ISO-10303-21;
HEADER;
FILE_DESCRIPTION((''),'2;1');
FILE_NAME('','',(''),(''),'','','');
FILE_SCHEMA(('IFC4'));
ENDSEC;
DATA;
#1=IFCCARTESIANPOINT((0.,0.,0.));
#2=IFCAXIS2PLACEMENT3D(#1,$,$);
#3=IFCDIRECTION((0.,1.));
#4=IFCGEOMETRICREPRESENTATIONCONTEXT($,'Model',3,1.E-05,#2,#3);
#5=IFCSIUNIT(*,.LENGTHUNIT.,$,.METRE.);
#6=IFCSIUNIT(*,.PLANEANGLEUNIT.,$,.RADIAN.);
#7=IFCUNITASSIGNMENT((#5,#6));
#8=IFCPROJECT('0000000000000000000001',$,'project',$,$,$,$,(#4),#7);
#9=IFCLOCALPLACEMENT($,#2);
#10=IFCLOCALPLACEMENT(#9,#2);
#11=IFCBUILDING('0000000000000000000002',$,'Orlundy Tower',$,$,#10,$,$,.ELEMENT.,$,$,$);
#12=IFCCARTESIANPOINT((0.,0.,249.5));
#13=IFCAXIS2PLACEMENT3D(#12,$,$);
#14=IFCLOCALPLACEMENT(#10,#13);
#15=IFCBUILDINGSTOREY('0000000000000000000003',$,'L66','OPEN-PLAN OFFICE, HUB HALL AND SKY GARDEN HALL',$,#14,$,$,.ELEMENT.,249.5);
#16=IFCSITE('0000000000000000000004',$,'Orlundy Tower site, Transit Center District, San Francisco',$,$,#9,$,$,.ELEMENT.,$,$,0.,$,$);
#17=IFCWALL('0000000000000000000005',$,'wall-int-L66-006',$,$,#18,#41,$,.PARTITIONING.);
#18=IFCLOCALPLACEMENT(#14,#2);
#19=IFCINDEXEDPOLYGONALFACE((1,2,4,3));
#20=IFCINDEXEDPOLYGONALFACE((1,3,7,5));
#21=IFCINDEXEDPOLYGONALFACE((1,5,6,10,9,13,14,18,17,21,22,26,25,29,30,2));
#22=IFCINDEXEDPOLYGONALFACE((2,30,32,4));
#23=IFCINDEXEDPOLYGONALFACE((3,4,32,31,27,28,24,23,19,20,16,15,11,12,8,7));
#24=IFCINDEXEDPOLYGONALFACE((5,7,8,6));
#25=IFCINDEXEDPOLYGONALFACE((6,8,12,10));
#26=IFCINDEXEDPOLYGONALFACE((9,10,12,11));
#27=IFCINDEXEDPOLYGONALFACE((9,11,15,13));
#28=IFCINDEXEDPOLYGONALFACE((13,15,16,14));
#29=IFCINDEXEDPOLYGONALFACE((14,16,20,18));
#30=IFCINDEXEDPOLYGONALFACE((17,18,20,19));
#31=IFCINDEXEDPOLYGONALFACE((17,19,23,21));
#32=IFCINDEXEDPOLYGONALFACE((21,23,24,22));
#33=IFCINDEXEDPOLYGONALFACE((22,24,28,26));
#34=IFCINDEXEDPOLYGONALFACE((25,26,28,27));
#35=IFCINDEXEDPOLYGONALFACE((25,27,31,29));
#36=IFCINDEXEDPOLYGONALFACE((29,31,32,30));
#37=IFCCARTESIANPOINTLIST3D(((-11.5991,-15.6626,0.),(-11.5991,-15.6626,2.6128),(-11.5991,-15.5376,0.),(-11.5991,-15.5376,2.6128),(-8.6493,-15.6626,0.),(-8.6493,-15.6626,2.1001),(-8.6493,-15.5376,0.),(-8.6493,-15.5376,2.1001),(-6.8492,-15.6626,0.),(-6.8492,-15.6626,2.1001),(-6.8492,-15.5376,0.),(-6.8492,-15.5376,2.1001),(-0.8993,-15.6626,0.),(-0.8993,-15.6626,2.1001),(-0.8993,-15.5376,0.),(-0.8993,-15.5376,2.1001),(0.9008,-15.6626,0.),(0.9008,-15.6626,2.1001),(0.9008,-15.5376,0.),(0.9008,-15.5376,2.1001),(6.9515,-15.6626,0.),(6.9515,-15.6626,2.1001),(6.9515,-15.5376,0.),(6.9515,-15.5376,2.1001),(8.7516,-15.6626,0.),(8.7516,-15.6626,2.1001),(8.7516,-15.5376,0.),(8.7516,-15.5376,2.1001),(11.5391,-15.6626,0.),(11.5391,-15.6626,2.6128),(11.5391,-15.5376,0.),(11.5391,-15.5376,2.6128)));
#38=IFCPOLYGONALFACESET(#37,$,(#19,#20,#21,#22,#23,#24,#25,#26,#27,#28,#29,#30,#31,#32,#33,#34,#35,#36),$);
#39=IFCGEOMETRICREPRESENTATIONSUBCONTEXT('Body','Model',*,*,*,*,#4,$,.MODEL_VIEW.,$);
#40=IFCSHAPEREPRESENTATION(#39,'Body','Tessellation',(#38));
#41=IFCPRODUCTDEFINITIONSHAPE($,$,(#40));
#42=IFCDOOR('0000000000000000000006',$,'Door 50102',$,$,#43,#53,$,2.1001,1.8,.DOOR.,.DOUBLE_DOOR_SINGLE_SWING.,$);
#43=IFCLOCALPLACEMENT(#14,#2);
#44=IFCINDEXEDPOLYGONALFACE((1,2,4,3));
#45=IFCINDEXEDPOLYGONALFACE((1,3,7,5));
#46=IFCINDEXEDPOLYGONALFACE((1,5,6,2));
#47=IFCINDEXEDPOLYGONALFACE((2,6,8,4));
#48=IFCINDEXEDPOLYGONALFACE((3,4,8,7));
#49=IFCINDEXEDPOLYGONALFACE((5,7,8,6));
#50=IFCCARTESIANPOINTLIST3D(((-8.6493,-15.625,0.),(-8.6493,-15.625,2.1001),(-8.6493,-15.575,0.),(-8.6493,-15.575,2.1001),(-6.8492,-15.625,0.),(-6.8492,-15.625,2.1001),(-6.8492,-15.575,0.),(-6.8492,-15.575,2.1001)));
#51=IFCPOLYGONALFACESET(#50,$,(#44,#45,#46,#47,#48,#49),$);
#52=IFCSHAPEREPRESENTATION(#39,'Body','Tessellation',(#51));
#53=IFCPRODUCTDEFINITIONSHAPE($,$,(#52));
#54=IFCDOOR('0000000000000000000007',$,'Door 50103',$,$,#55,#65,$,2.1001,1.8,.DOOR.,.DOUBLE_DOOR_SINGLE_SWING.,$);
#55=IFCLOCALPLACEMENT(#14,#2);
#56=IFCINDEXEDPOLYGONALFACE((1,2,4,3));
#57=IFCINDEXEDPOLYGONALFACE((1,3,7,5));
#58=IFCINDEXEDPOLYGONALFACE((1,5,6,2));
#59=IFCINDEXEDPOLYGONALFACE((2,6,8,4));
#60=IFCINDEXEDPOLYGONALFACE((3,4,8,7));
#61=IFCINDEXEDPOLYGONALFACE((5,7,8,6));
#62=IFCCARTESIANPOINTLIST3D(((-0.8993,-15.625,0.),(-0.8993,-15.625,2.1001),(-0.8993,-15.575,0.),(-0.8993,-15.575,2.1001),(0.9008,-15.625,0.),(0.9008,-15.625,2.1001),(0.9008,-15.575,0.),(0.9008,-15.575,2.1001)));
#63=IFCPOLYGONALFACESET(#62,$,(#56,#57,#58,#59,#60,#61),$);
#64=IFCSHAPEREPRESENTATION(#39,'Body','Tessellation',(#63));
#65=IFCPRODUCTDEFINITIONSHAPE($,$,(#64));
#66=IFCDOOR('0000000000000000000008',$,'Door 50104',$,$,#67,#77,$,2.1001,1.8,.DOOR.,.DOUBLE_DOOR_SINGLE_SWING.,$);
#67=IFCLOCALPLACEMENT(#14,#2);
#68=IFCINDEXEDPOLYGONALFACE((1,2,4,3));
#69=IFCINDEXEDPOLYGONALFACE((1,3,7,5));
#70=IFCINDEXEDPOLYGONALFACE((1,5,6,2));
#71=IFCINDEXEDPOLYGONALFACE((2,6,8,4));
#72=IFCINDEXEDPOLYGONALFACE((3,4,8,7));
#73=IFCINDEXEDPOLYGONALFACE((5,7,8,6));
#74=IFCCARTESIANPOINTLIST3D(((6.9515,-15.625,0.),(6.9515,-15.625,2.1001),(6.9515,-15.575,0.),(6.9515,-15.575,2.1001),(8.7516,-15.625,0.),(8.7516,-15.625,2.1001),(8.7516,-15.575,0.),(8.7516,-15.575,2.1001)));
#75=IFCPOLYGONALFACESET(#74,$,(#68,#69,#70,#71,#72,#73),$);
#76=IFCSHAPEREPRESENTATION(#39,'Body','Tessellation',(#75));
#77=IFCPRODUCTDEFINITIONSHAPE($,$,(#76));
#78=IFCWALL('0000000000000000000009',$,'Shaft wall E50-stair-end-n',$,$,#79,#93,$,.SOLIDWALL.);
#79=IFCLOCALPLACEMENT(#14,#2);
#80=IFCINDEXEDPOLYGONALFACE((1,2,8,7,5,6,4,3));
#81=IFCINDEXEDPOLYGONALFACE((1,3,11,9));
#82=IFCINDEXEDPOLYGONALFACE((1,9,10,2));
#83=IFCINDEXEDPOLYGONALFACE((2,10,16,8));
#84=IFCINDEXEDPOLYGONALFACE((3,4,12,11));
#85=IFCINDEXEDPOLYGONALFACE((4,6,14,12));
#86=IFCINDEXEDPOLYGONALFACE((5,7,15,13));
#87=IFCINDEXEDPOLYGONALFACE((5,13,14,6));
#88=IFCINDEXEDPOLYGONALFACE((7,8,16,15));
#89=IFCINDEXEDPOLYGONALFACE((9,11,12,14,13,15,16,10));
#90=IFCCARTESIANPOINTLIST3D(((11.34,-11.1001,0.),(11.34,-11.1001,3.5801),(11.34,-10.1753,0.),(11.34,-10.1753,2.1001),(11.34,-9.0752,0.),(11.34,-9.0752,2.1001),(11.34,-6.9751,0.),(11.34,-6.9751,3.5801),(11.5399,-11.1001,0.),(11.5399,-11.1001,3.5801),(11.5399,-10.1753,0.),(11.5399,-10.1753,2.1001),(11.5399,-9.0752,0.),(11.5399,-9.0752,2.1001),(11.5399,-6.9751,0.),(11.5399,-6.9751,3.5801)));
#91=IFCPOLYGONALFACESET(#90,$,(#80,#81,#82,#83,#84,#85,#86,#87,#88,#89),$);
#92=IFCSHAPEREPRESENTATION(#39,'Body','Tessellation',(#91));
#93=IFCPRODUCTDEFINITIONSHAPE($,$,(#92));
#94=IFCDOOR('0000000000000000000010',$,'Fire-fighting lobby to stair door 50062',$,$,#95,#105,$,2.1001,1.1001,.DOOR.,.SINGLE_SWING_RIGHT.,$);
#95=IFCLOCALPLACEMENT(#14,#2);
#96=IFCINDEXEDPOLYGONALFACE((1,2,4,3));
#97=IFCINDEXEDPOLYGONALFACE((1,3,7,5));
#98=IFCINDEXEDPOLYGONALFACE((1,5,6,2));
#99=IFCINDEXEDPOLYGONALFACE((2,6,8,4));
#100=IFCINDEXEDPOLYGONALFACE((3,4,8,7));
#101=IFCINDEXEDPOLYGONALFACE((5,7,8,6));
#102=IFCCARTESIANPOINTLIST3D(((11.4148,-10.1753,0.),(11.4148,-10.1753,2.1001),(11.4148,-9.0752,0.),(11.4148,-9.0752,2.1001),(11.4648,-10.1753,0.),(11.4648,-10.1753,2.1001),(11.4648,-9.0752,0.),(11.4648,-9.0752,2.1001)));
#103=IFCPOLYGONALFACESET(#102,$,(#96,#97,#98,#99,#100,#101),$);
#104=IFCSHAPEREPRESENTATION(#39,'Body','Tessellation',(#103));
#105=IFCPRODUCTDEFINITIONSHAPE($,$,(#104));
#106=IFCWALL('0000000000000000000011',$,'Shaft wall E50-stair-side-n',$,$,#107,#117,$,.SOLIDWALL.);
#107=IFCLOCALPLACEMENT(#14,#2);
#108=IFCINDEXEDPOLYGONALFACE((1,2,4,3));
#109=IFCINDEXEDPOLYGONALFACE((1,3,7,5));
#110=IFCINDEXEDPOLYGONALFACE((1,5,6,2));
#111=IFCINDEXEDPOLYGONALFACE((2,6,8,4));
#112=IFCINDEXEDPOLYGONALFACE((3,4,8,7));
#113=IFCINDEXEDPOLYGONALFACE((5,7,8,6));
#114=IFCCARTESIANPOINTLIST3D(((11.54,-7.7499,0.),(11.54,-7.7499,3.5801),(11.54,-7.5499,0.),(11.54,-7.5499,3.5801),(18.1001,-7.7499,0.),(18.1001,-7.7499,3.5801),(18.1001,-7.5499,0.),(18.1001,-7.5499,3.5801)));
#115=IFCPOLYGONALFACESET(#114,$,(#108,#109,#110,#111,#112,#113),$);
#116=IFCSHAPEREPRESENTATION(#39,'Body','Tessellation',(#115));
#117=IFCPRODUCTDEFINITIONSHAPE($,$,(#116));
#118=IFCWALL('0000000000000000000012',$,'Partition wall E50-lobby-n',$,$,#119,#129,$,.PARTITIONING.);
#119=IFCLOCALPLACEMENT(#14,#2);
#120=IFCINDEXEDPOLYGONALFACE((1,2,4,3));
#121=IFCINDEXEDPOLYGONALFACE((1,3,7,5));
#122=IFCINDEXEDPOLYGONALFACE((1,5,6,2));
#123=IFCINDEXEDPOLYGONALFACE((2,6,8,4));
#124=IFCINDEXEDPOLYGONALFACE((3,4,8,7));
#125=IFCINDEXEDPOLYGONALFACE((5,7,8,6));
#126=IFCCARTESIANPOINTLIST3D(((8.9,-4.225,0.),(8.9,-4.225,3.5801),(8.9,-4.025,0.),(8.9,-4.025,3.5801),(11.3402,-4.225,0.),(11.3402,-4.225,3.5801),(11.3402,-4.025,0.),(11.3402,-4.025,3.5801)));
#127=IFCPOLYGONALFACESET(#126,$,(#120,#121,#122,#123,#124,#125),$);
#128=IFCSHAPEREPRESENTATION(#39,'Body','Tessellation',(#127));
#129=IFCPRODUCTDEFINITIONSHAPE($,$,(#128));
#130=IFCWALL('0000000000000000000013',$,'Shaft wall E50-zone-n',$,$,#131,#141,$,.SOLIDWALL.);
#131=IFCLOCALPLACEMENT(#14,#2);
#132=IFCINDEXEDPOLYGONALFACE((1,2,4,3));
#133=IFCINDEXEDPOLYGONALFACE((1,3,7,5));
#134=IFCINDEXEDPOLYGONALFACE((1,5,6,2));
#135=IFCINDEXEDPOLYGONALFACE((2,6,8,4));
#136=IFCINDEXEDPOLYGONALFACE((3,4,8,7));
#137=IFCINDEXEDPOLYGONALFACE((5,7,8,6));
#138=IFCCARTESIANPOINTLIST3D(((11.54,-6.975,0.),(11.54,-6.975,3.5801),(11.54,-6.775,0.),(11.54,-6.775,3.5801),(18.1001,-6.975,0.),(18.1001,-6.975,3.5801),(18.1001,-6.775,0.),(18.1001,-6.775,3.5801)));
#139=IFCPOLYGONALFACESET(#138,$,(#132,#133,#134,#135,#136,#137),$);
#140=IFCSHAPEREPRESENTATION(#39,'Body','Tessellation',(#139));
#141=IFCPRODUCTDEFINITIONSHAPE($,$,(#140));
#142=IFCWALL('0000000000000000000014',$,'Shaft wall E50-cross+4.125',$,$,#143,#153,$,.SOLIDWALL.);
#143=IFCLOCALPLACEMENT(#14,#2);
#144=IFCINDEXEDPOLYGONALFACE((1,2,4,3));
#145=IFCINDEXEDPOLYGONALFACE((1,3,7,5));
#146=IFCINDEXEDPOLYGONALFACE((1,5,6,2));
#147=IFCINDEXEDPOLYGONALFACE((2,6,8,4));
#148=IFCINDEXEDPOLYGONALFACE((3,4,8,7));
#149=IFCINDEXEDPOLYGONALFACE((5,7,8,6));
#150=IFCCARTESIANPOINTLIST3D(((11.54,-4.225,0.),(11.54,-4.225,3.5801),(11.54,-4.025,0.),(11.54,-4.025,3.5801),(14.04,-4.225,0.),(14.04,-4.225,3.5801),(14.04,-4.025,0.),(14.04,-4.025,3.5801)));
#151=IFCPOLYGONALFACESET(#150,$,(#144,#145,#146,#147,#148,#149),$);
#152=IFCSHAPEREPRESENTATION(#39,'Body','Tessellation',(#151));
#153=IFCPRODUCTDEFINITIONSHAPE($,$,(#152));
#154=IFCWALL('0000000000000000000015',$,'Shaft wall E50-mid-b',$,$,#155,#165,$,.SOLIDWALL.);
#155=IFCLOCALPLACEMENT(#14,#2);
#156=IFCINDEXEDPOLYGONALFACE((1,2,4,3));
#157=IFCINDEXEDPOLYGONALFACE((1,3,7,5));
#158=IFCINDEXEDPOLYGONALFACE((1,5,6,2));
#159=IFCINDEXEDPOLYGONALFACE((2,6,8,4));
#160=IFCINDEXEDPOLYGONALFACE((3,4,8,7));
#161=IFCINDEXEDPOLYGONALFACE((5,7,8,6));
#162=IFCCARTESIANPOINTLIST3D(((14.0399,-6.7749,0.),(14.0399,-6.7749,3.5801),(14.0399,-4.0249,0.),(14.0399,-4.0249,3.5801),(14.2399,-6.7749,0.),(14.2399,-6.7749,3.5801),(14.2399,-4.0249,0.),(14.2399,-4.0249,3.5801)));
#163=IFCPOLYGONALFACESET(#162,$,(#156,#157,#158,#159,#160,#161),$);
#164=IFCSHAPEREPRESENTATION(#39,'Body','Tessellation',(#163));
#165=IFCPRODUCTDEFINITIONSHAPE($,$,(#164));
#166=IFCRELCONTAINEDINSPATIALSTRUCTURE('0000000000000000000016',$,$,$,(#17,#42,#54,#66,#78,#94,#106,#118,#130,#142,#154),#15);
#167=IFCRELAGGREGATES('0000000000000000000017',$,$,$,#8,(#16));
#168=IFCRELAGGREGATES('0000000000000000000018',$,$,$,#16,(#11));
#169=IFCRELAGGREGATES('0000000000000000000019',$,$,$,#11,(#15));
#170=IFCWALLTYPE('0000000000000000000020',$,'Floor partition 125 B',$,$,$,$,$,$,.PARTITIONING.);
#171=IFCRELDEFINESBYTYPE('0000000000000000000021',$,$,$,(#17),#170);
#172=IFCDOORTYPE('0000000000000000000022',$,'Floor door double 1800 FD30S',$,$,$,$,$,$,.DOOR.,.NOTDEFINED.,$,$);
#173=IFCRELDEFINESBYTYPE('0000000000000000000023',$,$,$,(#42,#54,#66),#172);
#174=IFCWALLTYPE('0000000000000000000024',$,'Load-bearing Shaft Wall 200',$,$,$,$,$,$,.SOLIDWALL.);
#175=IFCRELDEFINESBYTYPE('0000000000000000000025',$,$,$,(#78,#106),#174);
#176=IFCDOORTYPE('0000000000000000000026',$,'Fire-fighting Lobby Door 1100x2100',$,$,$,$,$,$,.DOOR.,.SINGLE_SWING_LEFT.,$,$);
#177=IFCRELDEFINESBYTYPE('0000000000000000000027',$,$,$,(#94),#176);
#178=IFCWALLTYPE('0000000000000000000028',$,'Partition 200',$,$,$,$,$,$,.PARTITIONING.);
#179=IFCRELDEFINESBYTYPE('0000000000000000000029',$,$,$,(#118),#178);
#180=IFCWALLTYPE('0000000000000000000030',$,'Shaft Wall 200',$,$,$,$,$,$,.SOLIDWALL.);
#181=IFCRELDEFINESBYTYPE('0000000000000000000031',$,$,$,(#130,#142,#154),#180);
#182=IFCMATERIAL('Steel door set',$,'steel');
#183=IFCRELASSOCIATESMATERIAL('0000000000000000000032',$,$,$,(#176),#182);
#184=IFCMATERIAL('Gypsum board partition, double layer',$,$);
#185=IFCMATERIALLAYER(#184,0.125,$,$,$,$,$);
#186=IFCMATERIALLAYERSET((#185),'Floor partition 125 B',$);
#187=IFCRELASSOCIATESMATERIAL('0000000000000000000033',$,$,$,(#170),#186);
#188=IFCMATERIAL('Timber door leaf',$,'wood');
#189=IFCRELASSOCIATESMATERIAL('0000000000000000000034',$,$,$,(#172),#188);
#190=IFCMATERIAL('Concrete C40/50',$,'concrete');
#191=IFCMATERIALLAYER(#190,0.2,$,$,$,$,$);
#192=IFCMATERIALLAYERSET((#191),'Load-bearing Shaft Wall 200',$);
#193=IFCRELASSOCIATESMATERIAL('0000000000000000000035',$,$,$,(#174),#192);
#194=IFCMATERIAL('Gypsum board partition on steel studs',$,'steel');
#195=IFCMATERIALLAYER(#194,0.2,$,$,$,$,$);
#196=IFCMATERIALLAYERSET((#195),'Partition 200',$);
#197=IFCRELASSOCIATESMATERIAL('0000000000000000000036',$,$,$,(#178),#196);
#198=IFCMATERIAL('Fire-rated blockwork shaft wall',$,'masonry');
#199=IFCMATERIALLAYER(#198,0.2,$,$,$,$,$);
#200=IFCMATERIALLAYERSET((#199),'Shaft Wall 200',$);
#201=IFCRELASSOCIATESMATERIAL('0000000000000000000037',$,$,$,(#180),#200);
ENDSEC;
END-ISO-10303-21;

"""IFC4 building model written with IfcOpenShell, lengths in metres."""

from ifc_helpers import new_model, si_unit, direction, frame, frame_2d, origin, place, context, subcontext, project, spatial, rectangle, extrude, material, layer, layer_set, type_object, element, fill, save


model = new_model("IFC4")

# Units and contexts
model_context = context("Model", 3, precision=1e-05, world=origin(), true_north=direction((0.0, 1.0)))
body_context = subcontext(model_context, "Body", "Model", "MODEL_VIEW")
ifc_project = project(units=[si_unit("LENGTHUNIT", "METRE"), si_unit("PLANEANGLEUNIT", "RADIAN")], contexts=[model_context])

# Site, building, storey
site_placement = place(None, origin())
site = spatial("IfcSite", under=ifc_project, at=site_placement, Name="Orlundy Tower site, Transit Center District, San Francisco", CompositionType="ELEMENT", RefElevation=0.0)
building_placement = place(site_placement, origin())
building = spatial("IfcBuilding", under=site, at=building_placement, Name="Orlundy Tower", CompositionType="ELEMENT")
storey_placement = place(building_placement, frame((0.0, 0.0, 249.5)))
storey = spatial("IfcBuildingStorey", under=building, at=storey_placement, Name="L66", Description="OPEN-PLAN OFFICE, HUB HALL AND SKY GARDEN HALL", CompositionType="ELEMENT", Elevation=249.5)

# Shared definitions
ifc_material_1 = material(Name="Steel door set", Category="steel")
door_type_1 = type_object("IfcDoorType", Name="Fire-fighting Lobby Door 1100x2100", OperationType="SINGLE_SWING_LEFT", PredefinedType="DOOR", material=ifc_material_1)

# Wall, openings, doors
ifc_material_2 = material(Name="Gypsum board partition, double layer")
ifc_layer_1 = layer(ifc_material_2, 0.125)
ifc_layer_set_1 = layer_set([ifc_layer_1], Name="Floor partition 125 B")
wall_type_1 = type_object("IfcWallType", Name="Floor partition 125 B", PredefinedType="PARTITIONING", material=ifc_layer_set_1)
wall_1_placement = place(storey_placement, frame((11.5391, -15.6001, 0.0), z_axis=(0.0, 0.0, 1.0), x_axis=(-1.0, 0.0, 0.0)))
wall_1 = element("IfcWall", 1, at=wall_1_placement, inside=storey, type_object=wall_type_1, Name="wall-int-L66-006", PredefinedType="PARTITIONING", context=body_context, shape_type="SweptSolid", body=[
    extrude(rectangle(XDim=23.1382, YDim=0.125, at=frame_2d((11.5691, 0.0))), origin(), (0.0, 0.0, 1.0), 2.6128),
])
opening_1_placement = place(wall_1_placement, frame((18.3884, 0.0, 0.0)))
opening_1 = element("IfcOpeningElement", 2, at=opening_1_placement, cuts=wall_1, PredefinedType="OPENING", context=body_context, shape_type="SweptSolid", body=[
    extrude(rectangle(XDim=1.8, YDim=2.1001, at=frame_2d((0.8999, 1.05))), frame((0.0, 0.0725, 0.0), z_axis=(0.0, -1.0, 0.0), x_axis=(1.0, 0.0, 0.0)), (0.0, 0.0, 1.0), 0.145),
])
opening_2_placement = place(wall_1_placement, frame((10.6384, 0.0, 0.0)))
opening_2 = element("IfcOpeningElement", 3, at=opening_2_placement, cuts=wall_1, PredefinedType="OPENING", context=body_context, shape_type="SweptSolid", body=[
    extrude(rectangle(XDim=1.8, YDim=2.1001, at=frame_2d((0.8999, 1.05))), frame((0.0, 0.0725, 0.0), z_axis=(0.0, -1.0, 0.0), x_axis=(1.0, 0.0, 0.0)), (0.0, 0.0, 1.0), 0.145),
])
opening_3_placement = place(wall_1_placement, frame((2.7876, 0.0, 0.0)))
opening_3 = element("IfcOpeningElement", 4, at=opening_3_placement, cuts=wall_1, PredefinedType="OPENING", context=body_context, shape_type="SweptSolid", body=[
    extrude(rectangle(XDim=1.8, YDim=2.1001, at=frame_2d((0.8999, 1.05))), frame((0.0, 0.0725, 0.0), z_axis=(0.0, -1.0, 0.0), x_axis=(1.0, 0.0, 0.0)), (0.0, 0.0, 1.0), 0.145),
])
ifc_material_3 = material(Name="Timber door leaf", Category="wood")
door_type_2 = type_object("IfcDoorType", Name="Floor door double 1800 FD30S", OperationType="NOTDEFINED", PredefinedType="DOOR", material=ifc_material_3)
door_1_placement = place(opening_1_placement, origin())
door_1 = element("IfcDoor", 5, at=door_1_placement, inside=storey, type_object=door_type_2, Name="Door 50102", OperationType="DOUBLE_DOOR_SINGLE_SWING", OverallHeight=2.1001, OverallWidth=1.8, PredefinedType="DOOR", context=body_context, shape_type="SweptSolid", body=[
    extrude(rectangle(XDim=1.8, YDim=2.1001, at=frame_2d((0.8999, 1.05))), frame((0.0, 0.0249, 0.0), z_axis=(0.0, -1.0, 0.0), x_axis=(1.0, 0.0, 0.0)), (0.0, 0.0, 1.0), 0.05),
])
fill(opening_1, door_1)
door_2_placement = place(opening_2_placement, origin())
door_2 = element("IfcDoor", 6, at=door_2_placement, inside=storey, type_object=door_type_2, Name="Door 50103", OperationType="DOUBLE_DOOR_SINGLE_SWING", OverallHeight=2.1001, OverallWidth=1.8, PredefinedType="DOOR", context=body_context, shape_type="SweptSolid", body=[
    extrude(rectangle(XDim=1.8, YDim=2.1001, at=frame_2d((0.8999, 1.05))), frame((0.0, 0.0249, 0.0), z_axis=(0.0, -1.0, 0.0), x_axis=(1.0, 0.0, 0.0)), (0.0, 0.0, 1.0), 0.05),
])
fill(opening_2, door_2)
door_3_placement = place(opening_3_placement, origin())
door_3 = element("IfcDoor", 7, at=door_3_placement, inside=storey, type_object=door_type_2, Name="Door 50104", OperationType="DOUBLE_DOOR_SINGLE_SWING", OverallHeight=2.1001, OverallWidth=1.8, PredefinedType="DOOR", context=body_context, shape_type="SweptSolid", body=[
    extrude(rectangle(XDim=1.8, YDim=2.1001, at=frame_2d((0.8999, 1.05))), frame((0.0, 0.0249, 0.0), z_axis=(0.0, -1.0, 0.0), x_axis=(1.0, 0.0, 0.0)), (0.0, 0.0, 1.0), 0.05),
])
fill(opening_3, door_3)

# Wall, opening, door
ifc_material_4 = material(Name="Concrete C40/50", Category="concrete")
ifc_layer_2 = layer(ifc_material_4, 0.2)
ifc_layer_set_2 = layer_set([ifc_layer_2], Name="Load-bearing Shaft Wall 200")
wall_type_2 = type_object("IfcWallType", Name="Load-bearing Shaft Wall 200", PredefinedType="SOLIDWALL", material=ifc_layer_set_2)
wall_2_placement = place(storey_placement, frame((11.4399, -6.9751, 0.0), z_axis=(0.0, 0.0, 1.0), x_axis=(0.0, -1.0, 0.0)))
wall_2 = element("IfcWall", 8, at=wall_2_placement, inside=storey, type_object=wall_type_2, Name="Shaft wall E50-stair-end-n", PredefinedType="SOLIDWALL", context=body_context, shape_type="SweptSolid", body=[
    extrude(rectangle(XDim=4.125, YDim=0.2, at=frame_2d((2.0625, 0.0))), origin(), (0.0, 0.0, 1.0), 3.5801),
])
opening_4_placement = place(wall_2_placement, frame((2.1001, 0.0, 0.0)))
opening_4 = element("IfcOpeningElement", 9, at=opening_4_placement, cuts=wall_2, PredefinedType="OPENING", context=body_context, shape_type="SweptSolid", body=[
    extrude(rectangle(XDim=1.1001, YDim=2.1001, at=frame_2d((0.55, 1.05))), frame((0.0, 0.1101, 0.0), z_axis=(0.0, -1.0, 0.0), x_axis=(1.0, 0.0, 0.0)), (0.0, 0.0, 1.0), 0.2202),
])
door_4_placement = place(opening_4_placement, origin())
door_4 = element("IfcDoor", 10, at=door_4_placement, inside=storey, type_object=door_type_1, Name="Fire-fighting lobby to stair door 50062", OperationType="SINGLE_SWING_RIGHT", OverallHeight=2.1001, OverallWidth=1.1001, PredefinedType="DOOR", context=body_context, shape_type="SweptSolid", body=[
    extrude(rectangle(XDim=1.1001, YDim=2.1001, at=frame_2d((0.55, 1.05))), frame((0.0, 0.0249, 0.0), z_axis=(0.0, -1.0, 0.0), x_axis=(1.0, 0.0, 0.0)), (0.0, 0.0, 1.0), 0.05),
])
fill(opening_4, door_4)

# Walls
wall_3_placement = place(storey_placement, frame((11.54, -7.6499, 0.0), z_axis=(0.0, 0.0, 1.0), x_axis=(1.0, 0.0, 0.0)))
element("IfcWall", 11, at=wall_3_placement, inside=storey, type_object=wall_type_2, Name="Shaft wall E50-stair-side-n", PredefinedType="SOLIDWALL", context=body_context, shape_type="SweptSolid", body=[
    extrude(rectangle(XDim=6.5601, YDim=0.2, at=frame_2d((3.28, 0.0))), origin(), (0.0, 0.0, 1.0), 3.5801),
])
ifc_material_5 = material(Name="Gypsum board partition on steel studs", Category="steel")
ifc_layer_3 = layer(ifc_material_5, 0.2)
ifc_layer_set_3 = layer_set([ifc_layer_3], Name="Partition 200")
wall_type_3 = type_object("IfcWallType", Name="Partition 200", PredefinedType="PARTITIONING", material=ifc_layer_set_3)
wall_4_placement = place(storey_placement, frame((8.8999, -4.125, 0.0), z_axis=(0.0, 0.0, 1.0), x_axis=(1.0, 0.0, 0.0)))
element("IfcWall", 12, at=wall_4_placement, inside=storey, type_object=wall_type_3, Name="Partition wall E50-lobby-n", PredefinedType="PARTITIONING", context=body_context, shape_type="SweptSolid", body=[
    extrude(rectangle(XDim=2.4402, YDim=0.2, at=frame_2d((1.2202, 0.0))), origin(), (0.0, 0.0, 1.0), 3.5801),
])
ifc_material_6 = material(Name="Fire-rated blockwork shaft wall", Category="masonry")
ifc_layer_4 = layer(ifc_material_6, 0.2)
ifc_layer_set_4 = layer_set([ifc_layer_4], Name="Shaft Wall 200")
wall_type_4 = type_object("IfcWallType", Name="Shaft Wall 200", PredefinedType="SOLIDWALL", material=ifc_layer_set_4)
wall_5_placement = place(storey_placement, frame((11.54, -6.875, 0.0), z_axis=(0.0, 0.0, 1.0), x_axis=(1.0, 0.0, 0.0)))
element("IfcWall", 13, at=wall_5_placement, inside=storey, type_object=wall_type_4, Name="Shaft wall E50-zone-n", PredefinedType="SOLIDWALL", context=body_context, shape_type="SweptSolid", body=[
    extrude(rectangle(XDim=6.5601, YDim=0.2, at=frame_2d((3.28, 0.0))), origin(), (0.0, 0.0, 1.0), 3.5801),
])
wall_6_placement = place(storey_placement, frame((11.54, -4.125, 0.0), z_axis=(0.0, 0.0, 1.0), x_axis=(1.0, 0.0, 0.0)))
element("IfcWall", 14, at=wall_6_placement, inside=storey, type_object=wall_type_4, Name="Shaft wall E50-cross+4.125", PredefinedType="SOLIDWALL", context=body_context, shape_type="SweptSolid", body=[
    extrude(rectangle(XDim=2.5, YDim=0.2, at=frame_2d((1.25, 0.0))), origin(), (0.0, 0.0, 1.0), 3.5801),
])
for number, where, z_axis, x_axis, name in (
    (15, (14.1399, -4.0249, 0.0), (0.0, 0.0, 1.0), (0.0, -1.0, 0.0), "Shaft wall E50-mid-b"),
):
    element("IfcWall", number, at=place(storey_placement, frame(where, z_axis=z_axis, x_axis=x_axis)), inside=storey, type_object=wall_type_4, Name=name, PredefinedType="SOLIDWALL", context=body_context, shape_type="SweptSolid", body=[
        extrude(rectangle(XDim=2.75, YDim=0.2, at=frame_2d((1.375, 0.0))), origin(), (0.0, 0.0, 1.0), 3.5801),
    ])

save(model, "model.ifc")
